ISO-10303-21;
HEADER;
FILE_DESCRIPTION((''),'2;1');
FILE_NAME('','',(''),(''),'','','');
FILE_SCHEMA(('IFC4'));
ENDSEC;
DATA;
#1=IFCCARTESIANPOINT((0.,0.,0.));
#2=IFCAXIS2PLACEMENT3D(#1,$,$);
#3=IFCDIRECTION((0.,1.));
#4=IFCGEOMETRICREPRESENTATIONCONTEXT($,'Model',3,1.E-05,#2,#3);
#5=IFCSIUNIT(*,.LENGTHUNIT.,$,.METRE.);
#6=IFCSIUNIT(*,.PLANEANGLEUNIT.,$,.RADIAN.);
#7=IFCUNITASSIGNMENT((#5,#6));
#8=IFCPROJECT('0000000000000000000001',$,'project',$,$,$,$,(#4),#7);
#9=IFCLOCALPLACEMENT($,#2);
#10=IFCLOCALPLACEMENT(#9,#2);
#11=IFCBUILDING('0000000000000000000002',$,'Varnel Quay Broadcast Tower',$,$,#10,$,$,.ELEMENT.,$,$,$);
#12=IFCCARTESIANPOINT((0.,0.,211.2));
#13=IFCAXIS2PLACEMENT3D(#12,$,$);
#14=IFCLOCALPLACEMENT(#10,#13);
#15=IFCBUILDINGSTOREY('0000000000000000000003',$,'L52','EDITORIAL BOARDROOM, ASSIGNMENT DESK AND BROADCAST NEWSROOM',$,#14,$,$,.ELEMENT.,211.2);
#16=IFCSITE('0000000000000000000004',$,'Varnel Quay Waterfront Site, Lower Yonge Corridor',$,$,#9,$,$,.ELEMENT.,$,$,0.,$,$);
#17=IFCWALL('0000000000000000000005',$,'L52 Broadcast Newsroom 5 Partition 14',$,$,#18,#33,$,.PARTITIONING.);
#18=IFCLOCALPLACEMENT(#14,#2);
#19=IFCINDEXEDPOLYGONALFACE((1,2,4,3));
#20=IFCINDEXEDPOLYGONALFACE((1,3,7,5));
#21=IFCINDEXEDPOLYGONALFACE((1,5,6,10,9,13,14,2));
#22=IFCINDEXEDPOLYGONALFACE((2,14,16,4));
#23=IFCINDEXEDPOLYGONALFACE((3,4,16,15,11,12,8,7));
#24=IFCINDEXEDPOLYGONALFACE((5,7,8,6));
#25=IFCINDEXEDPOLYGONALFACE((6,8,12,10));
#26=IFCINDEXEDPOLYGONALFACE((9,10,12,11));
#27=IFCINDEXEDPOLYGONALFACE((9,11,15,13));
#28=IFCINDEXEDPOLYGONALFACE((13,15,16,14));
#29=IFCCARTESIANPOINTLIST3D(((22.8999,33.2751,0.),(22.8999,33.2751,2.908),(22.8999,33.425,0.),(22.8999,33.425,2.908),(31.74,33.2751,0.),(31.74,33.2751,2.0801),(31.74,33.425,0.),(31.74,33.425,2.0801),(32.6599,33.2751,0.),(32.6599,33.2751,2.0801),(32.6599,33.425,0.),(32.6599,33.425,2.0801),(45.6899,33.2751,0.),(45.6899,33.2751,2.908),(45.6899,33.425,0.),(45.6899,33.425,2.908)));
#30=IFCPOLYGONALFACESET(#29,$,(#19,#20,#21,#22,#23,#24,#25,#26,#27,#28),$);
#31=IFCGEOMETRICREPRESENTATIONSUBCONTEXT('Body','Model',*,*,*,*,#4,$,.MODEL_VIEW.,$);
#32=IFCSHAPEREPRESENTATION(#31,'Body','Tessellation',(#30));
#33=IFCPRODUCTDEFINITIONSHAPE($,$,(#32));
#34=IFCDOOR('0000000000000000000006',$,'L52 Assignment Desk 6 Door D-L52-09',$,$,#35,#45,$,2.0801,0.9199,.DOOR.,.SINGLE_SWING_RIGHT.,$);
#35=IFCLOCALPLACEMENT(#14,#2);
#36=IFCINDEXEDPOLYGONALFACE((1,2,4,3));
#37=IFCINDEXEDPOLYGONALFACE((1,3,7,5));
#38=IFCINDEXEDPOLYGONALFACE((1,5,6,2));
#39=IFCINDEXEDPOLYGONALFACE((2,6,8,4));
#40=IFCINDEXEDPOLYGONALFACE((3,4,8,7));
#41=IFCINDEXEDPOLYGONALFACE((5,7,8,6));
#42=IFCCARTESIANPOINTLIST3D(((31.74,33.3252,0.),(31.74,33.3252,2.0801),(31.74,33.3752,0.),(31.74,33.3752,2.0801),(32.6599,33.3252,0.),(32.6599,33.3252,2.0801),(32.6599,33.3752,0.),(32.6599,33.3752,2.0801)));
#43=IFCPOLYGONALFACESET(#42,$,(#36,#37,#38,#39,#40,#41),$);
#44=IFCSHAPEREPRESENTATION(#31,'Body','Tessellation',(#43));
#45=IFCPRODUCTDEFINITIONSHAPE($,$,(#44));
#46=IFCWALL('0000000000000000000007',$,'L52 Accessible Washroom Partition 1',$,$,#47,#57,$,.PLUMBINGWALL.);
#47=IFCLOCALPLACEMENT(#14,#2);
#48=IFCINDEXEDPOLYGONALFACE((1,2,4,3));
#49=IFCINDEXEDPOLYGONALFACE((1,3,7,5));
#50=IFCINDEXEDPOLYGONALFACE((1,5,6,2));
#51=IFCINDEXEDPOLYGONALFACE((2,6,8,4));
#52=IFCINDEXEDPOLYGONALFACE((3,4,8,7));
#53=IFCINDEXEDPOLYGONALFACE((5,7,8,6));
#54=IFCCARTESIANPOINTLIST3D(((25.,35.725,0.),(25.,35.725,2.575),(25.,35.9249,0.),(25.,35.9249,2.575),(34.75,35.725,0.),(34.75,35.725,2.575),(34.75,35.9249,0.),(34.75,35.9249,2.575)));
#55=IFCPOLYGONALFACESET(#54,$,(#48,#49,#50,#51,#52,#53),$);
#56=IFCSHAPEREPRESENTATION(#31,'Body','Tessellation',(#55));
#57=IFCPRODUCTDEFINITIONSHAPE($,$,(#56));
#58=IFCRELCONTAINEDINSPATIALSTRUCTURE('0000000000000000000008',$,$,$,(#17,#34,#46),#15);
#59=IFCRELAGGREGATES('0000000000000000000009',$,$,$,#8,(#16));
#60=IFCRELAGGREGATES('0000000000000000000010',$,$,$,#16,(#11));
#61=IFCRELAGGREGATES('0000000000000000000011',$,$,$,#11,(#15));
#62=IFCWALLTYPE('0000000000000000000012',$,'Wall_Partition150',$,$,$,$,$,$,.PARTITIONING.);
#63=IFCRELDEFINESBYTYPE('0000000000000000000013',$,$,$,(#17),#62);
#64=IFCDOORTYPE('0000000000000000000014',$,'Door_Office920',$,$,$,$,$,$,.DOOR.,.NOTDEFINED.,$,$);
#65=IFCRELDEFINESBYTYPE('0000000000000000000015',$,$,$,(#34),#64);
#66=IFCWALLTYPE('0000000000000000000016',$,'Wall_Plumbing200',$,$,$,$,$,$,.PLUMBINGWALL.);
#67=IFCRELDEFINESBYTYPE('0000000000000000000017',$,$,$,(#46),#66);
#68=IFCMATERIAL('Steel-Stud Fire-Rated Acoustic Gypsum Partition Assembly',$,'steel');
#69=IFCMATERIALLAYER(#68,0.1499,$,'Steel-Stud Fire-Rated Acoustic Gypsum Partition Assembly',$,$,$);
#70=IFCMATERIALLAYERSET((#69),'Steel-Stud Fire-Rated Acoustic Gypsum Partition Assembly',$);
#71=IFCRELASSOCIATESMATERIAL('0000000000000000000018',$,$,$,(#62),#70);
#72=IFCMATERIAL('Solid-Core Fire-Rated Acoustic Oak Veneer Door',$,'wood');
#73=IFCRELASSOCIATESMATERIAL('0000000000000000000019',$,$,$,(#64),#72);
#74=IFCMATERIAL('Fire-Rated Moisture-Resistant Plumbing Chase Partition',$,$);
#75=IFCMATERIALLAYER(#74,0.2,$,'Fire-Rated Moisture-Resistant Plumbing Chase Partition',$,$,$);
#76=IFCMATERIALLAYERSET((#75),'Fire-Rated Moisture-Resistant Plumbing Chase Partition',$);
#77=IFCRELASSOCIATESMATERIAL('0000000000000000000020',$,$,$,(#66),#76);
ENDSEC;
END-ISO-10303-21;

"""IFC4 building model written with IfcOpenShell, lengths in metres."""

from ifc_helpers import new_model, si_unit, direction, frame, frame_2d, origin, place, context, subcontext, project, spatial, rectangle, extrude, source, transform, mapped, material, layer, layer_set, type_object, type_shapes, element, fill, save


model = new_model("IFC4")

# Units and contexts
model_context = context("Model", 3, precision=1e-05, world=origin(), true_north=direction((0.0, 1.0)))
body_context = subcontext(model_context, "Body", "Model", "MODEL_VIEW")
ifc_project = project(units=[si_unit("LENGTHUNIT", "METRE"), si_unit("PLANEANGLEUNIT", "RADIAN")], contexts=[model_context])

# Site, building, storey
site_placement = place(None, origin())
site = spatial("IfcSite", under=ifc_project, at=site_placement, Name="Varnel Quay Waterfront Site, Lower Yonge Corridor", CompositionType="ELEMENT", RefElevation=0.0)
building_placement = place(site_placement, origin())
building = spatial("IfcBuilding", under=site, at=building_placement, Name="Varnel Quay Broadcast Tower", CompositionType="ELEMENT")
storey_placement = place(building_placement, frame((0.0, 0.0, 211.2)))
storey = spatial("IfcBuildingStorey", under=building, at=storey_placement, Name="L52", Description="EDITORIAL BOARDROOM, ASSIGNMENT DESK AND BROADCAST NEWSROOM", CompositionType="ELEMENT", Elevation=211.2)

# Shared definitions
ifc_material_1 = material(Name="Steel-Stud Fire-Rated Acoustic Gypsum Partition Assembly", Category="steel")
ifc_material_2 = material(Name="Solid-Core Fire-Rated Acoustic Oak Veneer Door", Category="wood")

# Shared definitions
ifc_layer_1 = layer(ifc_material_1, 0.1499, Name="Steel-Stud Fire-Rated Acoustic Gypsum Partition Assembly")
ifc_layer_set_1 = layer_set([ifc_layer_1], Name="Steel-Stud Fire-Rated Acoustic Gypsum Partition Assembly")
wall_type_1 = type_object("IfcWallType", Name="Wall_Partition150", PredefinedType="PARTITIONING", material=ifc_layer_set_1)

# Wall, opening, door
wall_1_placement = place(storey_placement, frame((22.8999, 33.3501, 0.0), z_axis=(0.0, 0.0, 1.0), x_axis=(1.0, 0.0, 0.0)))
wall_1 = element("IfcWall", 1, at=wall_1_placement, inside=storey, type_object=wall_type_1, Name="L52 Broadcast Newsroom 5 Partition 14", PredefinedType="PARTITIONING", context=body_context, shape_type="SweptSolid", body=[
    extrude(rectangle(XDim=22.79, YDim=0.1499, at=frame_2d((11.395, 0.0))), origin(), (0.0, 0.0, 1.0), 2.908),
])
opening_1_placement = place(wall_1_placement, frame((8.8401, 0.0, 0.0)))
opening_1 = element("IfcOpeningElement", 2, at=opening_1_placement, cuts=wall_1, PredefinedType="OPENING", context=body_context, shape_type="SweptSolid", body=[
    extrude(rectangle(XDim=0.9199, YDim=2.0801, at=frame_2d((0.46, 1.04))), frame((0.0, 0.085, 0.0), z_axis=(0.0, -1.0, 0.0), x_axis=(1.0, 0.0, 0.0)), (0.0, 0.0, 1.0), 0.1699),
])
door_type_1 = type_object("IfcDoorType", Name="Door_Office920", OperationType="NOTDEFINED", PredefinedType="DOOR", material=ifc_material_2)
shared_shape_1 = source(origin(), body_context, "Body", "SweptSolid", [
    extrude(rectangle(XDim=0.9199, YDim=2.0801, at=frame_2d((0.46, 1.04))), frame((0.0, 0.0249, 0.0), z_axis=(0.0, -1.0, 0.0), x_axis=(1.0, 0.0, 0.0)), (0.0, 0.0, 1.0), 0.05),
])
type_shapes(door_type_1, [shared_shape_1])
door_1_placement = place(opening_1_placement, frame((0.9199, 0.0, 0.0), z_axis=(0.0, 0.0, 1.0), x_axis=(-1.0, 0.0, 0.0)))
door_1 = element("IfcDoor", 3, at=door_1_placement, inside=storey, type_object=door_type_1, Name="L52 Assignment Desk 6 Door D-L52-09", OperationType="SINGLE_SWING_RIGHT", OverallHeight=2.0801, OverallWidth=0.9199, PredefinedType="DOOR", context=body_context, shape_type="MappedRepresentation", body=[
    mapped(shared_shape_1, transform((0.0, 0.0, 0.0), x_axis=(1.0, 0.0, 0.0), y_axis=(0.0, 1.0, 0.0), z_axis=(0.0, 0.0, 1.0), scale=1.0)),
])
fill(opening_1, door_1)

# Wall
ifc_material_3 = material(Name="Fire-Rated Moisture-Resistant Plumbing Chase Partition")
ifc_layer_2 = layer(ifc_material_3, 0.2, Name="Fire-Rated Moisture-Resistant Plumbing Chase Partition")
ifc_layer_set_2 = layer_set([ifc_layer_2], Name="Fire-Rated Moisture-Resistant Plumbing Chase Partition")
wall_type_2 = type_object("IfcWallType", Name="Wall_Plumbing200", PredefinedType="PLUMBINGWALL", material=ifc_layer_set_2)
wall_2_placement = place(storey_placement, frame((25.0, 35.825, 0.0), z_axis=(0.0, 0.0, 1.0), x_axis=(1.0, 0.0, 0.0)))
element("IfcWall", 4, at=wall_2_placement, inside=storey, type_object=wall_type_2, Name="L52 Accessible Washroom Partition 1", PredefinedType="PLUMBINGWALL", context=body_context, shape_type="SweptSolid", body=[
    extrude(rectangle(XDim=9.75, YDim=0.2, at=frame_2d((4.875, 0.0))), origin(), (0.0, 0.0, 1.0), 2.575),
])

save(model, "model.ifc")
